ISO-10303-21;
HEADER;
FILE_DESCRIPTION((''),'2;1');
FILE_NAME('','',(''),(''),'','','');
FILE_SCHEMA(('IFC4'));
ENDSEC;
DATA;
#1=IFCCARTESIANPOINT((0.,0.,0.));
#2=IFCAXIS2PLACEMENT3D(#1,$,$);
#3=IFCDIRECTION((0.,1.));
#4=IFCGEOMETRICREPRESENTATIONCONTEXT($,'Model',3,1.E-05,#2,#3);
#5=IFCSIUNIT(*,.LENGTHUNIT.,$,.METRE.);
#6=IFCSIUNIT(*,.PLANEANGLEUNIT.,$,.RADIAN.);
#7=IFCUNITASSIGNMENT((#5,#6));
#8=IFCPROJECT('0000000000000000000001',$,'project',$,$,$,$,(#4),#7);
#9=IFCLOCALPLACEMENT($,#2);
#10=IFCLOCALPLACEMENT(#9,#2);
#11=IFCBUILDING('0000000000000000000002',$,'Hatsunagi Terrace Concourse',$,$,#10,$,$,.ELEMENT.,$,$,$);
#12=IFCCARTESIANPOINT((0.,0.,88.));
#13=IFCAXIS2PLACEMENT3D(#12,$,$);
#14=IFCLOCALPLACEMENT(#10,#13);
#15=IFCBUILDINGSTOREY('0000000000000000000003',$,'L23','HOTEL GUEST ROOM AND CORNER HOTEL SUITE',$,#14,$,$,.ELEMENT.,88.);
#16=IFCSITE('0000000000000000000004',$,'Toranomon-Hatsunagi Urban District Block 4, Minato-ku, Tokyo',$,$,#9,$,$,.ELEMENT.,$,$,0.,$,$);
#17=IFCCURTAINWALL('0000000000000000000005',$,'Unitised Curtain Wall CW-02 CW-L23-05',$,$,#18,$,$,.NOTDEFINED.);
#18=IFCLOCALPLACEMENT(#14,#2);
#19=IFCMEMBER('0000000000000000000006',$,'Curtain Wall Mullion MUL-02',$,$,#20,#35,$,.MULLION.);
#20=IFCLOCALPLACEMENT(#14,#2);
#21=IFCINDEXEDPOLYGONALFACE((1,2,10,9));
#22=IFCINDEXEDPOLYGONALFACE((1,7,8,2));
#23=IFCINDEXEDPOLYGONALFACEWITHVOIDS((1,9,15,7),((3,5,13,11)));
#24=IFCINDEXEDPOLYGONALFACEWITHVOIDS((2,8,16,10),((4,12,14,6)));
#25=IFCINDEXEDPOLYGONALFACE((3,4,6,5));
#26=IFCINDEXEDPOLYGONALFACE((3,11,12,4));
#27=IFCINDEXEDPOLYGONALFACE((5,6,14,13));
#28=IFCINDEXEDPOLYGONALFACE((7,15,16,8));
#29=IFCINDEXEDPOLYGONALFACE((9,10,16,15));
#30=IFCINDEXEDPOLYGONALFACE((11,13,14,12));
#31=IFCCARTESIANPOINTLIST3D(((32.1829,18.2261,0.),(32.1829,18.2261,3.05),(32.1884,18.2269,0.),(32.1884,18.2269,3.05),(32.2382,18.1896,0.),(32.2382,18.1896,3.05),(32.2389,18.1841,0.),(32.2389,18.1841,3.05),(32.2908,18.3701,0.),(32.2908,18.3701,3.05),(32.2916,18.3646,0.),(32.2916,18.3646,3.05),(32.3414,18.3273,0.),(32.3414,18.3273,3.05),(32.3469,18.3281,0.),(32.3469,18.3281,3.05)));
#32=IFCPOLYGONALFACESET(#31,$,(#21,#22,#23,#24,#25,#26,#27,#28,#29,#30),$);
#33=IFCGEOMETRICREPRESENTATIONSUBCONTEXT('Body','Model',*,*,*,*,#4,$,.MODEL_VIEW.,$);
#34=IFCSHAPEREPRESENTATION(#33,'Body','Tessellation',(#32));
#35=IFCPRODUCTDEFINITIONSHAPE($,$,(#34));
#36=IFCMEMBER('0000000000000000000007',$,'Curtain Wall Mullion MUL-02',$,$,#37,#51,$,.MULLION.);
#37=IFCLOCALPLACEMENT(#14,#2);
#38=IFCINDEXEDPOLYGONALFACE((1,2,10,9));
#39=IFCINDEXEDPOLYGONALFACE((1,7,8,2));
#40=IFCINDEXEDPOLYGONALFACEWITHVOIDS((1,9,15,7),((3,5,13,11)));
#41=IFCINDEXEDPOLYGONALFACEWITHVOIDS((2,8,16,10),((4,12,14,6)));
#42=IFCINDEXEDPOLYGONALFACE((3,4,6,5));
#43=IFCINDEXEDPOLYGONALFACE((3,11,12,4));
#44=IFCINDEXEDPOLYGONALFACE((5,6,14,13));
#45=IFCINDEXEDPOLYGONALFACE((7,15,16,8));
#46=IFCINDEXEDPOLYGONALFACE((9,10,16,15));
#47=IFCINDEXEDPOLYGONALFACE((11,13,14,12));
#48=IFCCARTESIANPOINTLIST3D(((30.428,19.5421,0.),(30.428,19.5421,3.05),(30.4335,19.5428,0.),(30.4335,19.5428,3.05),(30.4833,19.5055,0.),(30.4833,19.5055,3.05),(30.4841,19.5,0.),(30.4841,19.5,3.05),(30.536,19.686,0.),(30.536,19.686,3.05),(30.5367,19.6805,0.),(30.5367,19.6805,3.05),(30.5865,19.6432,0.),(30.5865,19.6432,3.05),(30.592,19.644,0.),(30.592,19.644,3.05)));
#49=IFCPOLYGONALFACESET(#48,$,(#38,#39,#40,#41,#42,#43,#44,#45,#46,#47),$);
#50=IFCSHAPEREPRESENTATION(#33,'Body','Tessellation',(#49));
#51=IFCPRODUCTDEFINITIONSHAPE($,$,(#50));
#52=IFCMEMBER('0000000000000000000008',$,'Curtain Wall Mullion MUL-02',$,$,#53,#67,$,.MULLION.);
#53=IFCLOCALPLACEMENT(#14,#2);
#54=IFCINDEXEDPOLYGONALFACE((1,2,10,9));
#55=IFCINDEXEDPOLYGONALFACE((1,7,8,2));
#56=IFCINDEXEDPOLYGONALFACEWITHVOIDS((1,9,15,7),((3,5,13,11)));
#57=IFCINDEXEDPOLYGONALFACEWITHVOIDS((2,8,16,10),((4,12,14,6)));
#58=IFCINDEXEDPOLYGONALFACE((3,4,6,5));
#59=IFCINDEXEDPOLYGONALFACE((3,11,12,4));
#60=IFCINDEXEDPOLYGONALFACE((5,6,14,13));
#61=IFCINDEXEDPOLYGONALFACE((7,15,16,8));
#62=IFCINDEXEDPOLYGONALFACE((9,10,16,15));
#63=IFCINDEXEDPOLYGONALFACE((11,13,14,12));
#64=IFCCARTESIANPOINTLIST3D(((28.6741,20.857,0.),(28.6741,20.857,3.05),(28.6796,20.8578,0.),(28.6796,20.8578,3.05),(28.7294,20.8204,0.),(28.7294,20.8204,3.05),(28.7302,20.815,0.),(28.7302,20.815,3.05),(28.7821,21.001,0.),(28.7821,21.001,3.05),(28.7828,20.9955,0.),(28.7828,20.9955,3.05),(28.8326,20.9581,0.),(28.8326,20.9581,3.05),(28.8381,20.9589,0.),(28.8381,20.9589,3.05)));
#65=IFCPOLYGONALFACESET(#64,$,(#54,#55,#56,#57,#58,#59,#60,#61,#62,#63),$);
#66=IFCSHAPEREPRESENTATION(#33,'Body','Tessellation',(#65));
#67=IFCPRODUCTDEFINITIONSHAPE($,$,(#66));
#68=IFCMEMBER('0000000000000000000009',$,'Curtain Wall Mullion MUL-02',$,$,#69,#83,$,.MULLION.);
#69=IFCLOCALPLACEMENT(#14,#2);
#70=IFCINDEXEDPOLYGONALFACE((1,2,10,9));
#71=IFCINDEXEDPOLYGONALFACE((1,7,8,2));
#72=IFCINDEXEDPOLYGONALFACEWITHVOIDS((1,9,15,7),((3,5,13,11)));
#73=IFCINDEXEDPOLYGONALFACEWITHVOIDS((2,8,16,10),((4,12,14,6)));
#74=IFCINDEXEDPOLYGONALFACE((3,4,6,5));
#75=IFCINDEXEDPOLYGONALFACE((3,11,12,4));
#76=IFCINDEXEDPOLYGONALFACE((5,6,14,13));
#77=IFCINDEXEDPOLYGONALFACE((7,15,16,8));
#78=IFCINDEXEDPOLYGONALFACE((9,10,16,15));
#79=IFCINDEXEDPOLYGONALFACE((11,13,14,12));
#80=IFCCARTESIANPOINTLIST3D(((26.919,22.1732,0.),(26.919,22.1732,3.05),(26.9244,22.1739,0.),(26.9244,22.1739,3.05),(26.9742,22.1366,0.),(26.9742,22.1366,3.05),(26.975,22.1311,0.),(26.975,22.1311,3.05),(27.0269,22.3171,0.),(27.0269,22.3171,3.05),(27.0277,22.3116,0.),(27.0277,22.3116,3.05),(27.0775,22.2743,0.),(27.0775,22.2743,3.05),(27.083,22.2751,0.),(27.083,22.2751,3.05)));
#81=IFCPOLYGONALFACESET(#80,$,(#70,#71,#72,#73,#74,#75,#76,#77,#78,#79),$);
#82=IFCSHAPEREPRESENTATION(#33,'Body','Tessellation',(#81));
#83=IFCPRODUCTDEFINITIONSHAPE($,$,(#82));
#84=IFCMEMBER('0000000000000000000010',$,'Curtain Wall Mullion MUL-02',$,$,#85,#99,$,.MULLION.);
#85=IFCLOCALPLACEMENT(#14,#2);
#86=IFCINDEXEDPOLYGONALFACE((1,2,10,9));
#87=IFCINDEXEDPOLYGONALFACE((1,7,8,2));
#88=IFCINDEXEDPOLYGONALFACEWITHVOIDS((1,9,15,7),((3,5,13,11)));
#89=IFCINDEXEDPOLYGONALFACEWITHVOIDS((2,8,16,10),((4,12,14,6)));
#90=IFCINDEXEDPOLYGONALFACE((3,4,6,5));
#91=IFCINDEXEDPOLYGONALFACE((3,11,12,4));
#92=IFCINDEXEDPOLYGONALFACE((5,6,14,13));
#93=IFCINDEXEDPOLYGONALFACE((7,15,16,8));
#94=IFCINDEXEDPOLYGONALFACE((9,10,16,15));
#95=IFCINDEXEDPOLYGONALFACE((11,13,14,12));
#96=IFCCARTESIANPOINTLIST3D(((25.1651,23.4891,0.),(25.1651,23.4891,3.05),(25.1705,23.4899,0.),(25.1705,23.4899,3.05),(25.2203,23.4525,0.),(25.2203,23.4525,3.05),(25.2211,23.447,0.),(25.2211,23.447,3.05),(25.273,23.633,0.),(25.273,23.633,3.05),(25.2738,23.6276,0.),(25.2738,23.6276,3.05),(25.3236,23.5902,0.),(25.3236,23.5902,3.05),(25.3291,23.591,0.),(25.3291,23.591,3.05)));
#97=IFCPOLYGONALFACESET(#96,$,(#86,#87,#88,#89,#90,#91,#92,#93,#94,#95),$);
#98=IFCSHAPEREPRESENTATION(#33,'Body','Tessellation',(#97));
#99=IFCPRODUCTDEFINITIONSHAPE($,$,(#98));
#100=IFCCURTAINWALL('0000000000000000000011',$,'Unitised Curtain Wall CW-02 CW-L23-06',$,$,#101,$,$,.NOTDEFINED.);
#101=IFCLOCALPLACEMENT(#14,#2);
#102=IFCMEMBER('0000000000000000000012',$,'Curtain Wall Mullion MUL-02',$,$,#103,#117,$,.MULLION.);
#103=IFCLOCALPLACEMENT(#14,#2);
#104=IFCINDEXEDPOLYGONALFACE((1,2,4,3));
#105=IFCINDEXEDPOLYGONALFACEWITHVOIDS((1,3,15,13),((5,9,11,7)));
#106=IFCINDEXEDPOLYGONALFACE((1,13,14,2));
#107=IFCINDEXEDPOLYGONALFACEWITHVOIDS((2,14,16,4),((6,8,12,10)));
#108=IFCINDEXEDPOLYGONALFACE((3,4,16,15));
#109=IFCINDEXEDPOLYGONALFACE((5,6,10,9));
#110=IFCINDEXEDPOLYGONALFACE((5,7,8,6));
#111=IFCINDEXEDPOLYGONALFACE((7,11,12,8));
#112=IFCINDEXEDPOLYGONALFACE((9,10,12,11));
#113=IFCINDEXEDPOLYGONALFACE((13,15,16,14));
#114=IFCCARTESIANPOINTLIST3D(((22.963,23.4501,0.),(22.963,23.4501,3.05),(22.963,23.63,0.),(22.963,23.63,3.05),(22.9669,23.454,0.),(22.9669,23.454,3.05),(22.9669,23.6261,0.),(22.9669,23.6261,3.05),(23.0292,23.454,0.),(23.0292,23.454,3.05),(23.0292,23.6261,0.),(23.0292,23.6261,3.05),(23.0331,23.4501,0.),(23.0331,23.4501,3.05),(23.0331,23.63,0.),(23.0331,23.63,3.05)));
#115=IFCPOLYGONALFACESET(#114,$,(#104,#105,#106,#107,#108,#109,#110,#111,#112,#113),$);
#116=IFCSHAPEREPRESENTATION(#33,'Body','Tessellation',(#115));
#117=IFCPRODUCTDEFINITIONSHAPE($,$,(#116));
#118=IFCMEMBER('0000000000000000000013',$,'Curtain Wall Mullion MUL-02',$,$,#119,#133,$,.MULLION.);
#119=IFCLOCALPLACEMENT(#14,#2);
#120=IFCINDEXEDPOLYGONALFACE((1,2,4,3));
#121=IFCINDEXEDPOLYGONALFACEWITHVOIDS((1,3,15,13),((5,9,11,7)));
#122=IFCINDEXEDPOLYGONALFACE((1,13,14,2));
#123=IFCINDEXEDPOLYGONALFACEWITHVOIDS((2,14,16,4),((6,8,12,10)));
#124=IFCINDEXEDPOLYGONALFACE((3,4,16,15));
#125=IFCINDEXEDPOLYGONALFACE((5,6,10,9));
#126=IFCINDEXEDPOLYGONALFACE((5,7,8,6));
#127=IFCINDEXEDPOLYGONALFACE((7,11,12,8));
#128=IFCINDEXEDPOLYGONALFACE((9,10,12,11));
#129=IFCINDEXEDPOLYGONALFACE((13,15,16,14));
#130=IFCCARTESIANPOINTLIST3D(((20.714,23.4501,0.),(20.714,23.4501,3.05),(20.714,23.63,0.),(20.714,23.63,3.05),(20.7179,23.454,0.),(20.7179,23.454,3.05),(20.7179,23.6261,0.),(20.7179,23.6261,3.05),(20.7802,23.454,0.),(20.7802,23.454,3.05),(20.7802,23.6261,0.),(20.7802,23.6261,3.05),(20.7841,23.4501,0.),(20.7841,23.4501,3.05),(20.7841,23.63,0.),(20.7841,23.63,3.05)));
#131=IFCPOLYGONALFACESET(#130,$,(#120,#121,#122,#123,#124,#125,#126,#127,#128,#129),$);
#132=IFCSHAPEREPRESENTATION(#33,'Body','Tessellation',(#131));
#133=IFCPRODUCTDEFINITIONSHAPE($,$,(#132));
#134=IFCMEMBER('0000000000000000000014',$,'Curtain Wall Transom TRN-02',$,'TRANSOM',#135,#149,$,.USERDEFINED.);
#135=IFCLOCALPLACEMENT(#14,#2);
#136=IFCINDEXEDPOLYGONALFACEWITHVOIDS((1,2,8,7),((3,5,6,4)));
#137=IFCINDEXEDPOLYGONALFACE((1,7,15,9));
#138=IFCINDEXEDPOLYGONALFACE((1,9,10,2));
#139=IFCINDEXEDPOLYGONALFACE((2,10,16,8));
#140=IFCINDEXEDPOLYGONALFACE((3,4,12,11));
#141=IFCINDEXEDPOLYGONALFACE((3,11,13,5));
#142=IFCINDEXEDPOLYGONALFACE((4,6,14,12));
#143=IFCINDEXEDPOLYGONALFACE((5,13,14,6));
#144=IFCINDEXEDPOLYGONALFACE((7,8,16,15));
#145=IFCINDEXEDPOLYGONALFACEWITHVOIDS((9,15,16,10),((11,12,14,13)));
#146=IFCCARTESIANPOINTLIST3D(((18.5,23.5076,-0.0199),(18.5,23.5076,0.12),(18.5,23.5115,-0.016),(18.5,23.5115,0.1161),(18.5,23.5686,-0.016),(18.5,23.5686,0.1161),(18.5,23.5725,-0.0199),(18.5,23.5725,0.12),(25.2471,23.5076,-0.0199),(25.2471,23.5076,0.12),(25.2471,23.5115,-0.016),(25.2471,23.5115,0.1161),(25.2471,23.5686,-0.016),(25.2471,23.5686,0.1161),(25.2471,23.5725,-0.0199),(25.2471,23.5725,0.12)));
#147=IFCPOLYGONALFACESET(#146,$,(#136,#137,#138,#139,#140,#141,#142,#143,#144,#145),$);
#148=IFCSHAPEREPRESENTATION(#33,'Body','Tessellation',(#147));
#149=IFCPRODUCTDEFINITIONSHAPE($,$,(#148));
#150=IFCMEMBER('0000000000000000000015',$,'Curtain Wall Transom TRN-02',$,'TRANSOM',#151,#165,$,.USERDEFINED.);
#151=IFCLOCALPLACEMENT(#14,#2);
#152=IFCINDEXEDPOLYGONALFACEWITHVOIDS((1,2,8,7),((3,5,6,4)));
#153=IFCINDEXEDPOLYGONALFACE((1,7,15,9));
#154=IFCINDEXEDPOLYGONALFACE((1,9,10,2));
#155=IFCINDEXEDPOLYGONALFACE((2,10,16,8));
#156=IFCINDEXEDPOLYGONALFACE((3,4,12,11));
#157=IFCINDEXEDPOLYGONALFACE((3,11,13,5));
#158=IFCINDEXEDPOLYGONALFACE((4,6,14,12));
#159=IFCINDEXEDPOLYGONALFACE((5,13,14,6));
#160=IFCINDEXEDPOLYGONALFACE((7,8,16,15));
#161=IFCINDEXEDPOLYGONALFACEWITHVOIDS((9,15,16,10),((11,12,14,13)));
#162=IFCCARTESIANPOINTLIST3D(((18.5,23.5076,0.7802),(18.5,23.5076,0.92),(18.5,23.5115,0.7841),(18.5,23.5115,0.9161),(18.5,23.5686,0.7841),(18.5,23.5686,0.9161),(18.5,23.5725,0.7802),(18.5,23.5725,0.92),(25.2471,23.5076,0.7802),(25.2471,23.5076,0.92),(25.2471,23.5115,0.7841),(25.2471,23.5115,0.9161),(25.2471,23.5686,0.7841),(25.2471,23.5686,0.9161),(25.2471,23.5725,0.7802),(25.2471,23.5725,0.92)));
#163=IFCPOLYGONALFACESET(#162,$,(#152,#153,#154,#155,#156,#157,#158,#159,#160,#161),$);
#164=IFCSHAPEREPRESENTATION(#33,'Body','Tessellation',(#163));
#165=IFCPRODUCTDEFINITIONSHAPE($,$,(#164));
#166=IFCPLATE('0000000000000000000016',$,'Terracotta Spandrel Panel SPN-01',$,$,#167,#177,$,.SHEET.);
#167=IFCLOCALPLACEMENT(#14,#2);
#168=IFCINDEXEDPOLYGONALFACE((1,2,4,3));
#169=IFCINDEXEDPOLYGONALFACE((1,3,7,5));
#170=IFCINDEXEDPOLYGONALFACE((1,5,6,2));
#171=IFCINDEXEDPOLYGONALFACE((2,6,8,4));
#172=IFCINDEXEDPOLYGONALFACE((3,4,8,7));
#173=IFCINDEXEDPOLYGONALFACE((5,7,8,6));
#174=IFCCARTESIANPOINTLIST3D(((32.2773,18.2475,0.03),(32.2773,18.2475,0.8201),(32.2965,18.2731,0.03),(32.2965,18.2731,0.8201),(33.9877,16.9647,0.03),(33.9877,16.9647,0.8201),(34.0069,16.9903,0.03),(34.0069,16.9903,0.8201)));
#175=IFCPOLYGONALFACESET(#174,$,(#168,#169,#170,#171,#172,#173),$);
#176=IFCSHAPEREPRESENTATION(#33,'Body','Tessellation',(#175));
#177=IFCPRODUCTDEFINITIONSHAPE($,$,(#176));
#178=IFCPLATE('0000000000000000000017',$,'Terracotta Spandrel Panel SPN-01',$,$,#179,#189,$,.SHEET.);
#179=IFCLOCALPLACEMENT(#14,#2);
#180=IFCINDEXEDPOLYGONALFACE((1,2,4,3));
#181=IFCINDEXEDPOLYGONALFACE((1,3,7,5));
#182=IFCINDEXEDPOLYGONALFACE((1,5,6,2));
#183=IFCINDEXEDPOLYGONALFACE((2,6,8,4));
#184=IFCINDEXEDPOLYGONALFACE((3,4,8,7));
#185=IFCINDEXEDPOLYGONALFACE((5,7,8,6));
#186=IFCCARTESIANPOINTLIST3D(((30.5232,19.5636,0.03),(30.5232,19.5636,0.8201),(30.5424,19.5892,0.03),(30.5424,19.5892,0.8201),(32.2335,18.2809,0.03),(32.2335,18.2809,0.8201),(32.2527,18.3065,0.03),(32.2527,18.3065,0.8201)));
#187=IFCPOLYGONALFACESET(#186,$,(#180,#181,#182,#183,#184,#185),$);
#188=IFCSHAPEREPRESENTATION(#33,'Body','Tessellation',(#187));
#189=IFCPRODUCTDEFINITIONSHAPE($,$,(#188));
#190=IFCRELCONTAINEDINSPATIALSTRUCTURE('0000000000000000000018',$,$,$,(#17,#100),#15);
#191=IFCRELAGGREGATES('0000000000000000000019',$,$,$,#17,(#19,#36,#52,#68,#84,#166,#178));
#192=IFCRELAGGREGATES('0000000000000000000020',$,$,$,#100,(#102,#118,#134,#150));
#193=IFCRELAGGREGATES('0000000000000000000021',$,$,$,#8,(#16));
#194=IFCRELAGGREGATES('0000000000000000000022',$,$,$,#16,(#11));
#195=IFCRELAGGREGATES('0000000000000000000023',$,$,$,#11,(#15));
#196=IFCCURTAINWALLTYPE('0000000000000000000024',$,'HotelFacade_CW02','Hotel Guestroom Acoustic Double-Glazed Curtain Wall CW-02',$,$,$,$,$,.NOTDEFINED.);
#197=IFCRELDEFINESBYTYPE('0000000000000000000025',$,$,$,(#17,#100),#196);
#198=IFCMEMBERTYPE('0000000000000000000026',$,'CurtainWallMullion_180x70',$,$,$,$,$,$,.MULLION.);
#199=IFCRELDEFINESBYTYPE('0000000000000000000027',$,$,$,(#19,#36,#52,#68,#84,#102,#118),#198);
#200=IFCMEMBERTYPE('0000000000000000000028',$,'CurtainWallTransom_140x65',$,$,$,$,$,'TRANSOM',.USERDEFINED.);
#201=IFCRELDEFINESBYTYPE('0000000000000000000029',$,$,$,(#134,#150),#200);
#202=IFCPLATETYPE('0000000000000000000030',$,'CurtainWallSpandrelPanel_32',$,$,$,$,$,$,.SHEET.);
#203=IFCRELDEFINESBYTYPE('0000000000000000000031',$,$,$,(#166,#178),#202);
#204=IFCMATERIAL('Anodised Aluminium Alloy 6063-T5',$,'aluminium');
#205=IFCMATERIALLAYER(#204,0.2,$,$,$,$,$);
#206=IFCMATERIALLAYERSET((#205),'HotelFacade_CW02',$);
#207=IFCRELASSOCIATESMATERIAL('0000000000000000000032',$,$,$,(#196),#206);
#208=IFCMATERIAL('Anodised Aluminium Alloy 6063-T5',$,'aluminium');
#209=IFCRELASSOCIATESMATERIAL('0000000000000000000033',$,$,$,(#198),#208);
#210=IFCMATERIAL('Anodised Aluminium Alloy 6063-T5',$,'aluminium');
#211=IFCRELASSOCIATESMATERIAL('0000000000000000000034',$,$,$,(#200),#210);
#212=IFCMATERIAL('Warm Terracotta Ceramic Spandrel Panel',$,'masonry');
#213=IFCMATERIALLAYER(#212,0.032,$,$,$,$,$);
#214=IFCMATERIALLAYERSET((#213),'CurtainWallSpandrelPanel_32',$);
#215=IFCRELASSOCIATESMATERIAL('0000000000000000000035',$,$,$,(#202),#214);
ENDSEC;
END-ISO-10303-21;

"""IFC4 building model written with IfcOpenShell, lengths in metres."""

from ifc_helpers import new_model, si_unit, direction, frame, origin, origin_2d, place, context, subcontext, project, spatial, rectangle, hollow_rectangle, extrude, material, layer, layer_set, material_profile, profile_set, type_object, element, aggregate, save


model = new_model("IFC4")

# Units and contexts
model_context = context("Model", 3, precision=1e-05, world=origin(), true_north=direction((0.0, 1.0)))
body_context = subcontext(model_context, "Body", "Model", "MODEL_VIEW")
ifc_project = project(units=[si_unit("LENGTHUNIT", "METRE"), si_unit("PLANEANGLEUNIT", "RADIAN")], contexts=[model_context])

# Site, building, storey
site_placement = place(None, origin())
site = spatial("IfcSite", under=ifc_project, at=site_placement, Name="Toranomon-Hatsunagi Urban District Block 4, Minato-ku, Tokyo", CompositionType="ELEMENT", RefElevation=0.0)
building_placement = place(site_placement, origin())
building = spatial("IfcBuilding", under=site, at=building_placement, Name="Hatsunagi Terrace Concourse", CompositionType="ELEMENT")
storey_placement = place(building_placement, frame((0.0, 0.0, 88.0)))
storey = spatial("IfcBuildingStorey", under=building, at=storey_placement, Name="L23", Description="HOTEL GUEST ROOM AND CORNER HOTEL SUITE", CompositionType="ELEMENT", Elevation=88.0)

# Curtain walls, members
ifc_material_1 = material(Name="Anodised Aluminium Alloy 6063-T5", Category="aluminium")
ifc_layer_1 = layer(ifc_material_1, 0.2)
ifc_layer_set_1 = layer_set([ifc_layer_1], Name="HotelFacade_CW02")
curtain_wall_type = type_object("IfcCurtainWallType", Name="HotelFacade_CW02", Description="Hotel Guestroom Acoustic Double-Glazed Curtain Wall CW-02", PredefinedType="NOTDEFINED", material=ifc_layer_set_1)
curtain_wall_1_placement = place(storey_placement, origin())
curtain_wall_1 = element("IfcCurtainWall", 1, at=curtain_wall_1_placement, inside=storey, type_object=curtain_wall_type, Name="Unitised Curtain Wall CW-02 CW-L23-05", PredefinedType="NOTDEFINED")
ifc_material_2 = material(Name="Anodised Aluminium Alloy 6063-T5", Category="aluminium")
ifc_material_profile_1 = material_profile(ifc_material_2, hollow_rectangle(XDim=0.0701, YDim=0.1799, WallThickness=0.0039, at=origin_2d()), Name="ALU-MUL-180x70x4")
ifc_profile_set_1 = profile_set([ifc_material_profile_1], Name="Anodised Aluminium Alloy 6063-T5")
member_type_1 = type_object("IfcMemberType", Name="CurtainWallMullion_180x70", PredefinedType="MULLION", material=ifc_profile_set_1)
member_1_placement = place(storey_placement, frame((32.2649, 18.2771, 0.0), z_axis=(0.0, 0.0, 1.0), x_axis=(-0.800003, 0.599996, 0.0)))
member_1 = element("IfcMember", 2, at=member_1_placement, type_object=member_type_1, Name="Curtain Wall Mullion MUL-02", PredefinedType="MULLION", context=body_context, shape_type="SweptSolid", body=[
    extrude(hollow_rectangle(XDim=0.0701, YDim=0.1799, WallThickness=0.0039, at=origin_2d()), origin(), (0.0, 0.0, 1.0), 3.05),
])
member_2_placement = place(storey_placement, frame((30.51, 19.593, 0.0), z_axis=(0.0, 0.0, 1.0), x_axis=(-0.800003, 0.599996, 0.0)))
member_2 = element("IfcMember", 3, at=member_2_placement, type_object=member_type_1, Name="Curtain Wall Mullion MUL-02", PredefinedType="MULLION", context=body_context, shape_type="SweptSolid", body=[
    extrude(hollow_rectangle(XDim=0.0701, YDim=0.1799, WallThickness=0.0039, at=origin_2d()), origin(), (0.0, 0.0, 1.0), 3.05),
])
member_3_placement = place(storey_placement, frame((28.7561, 20.908, 0.0), z_axis=(0.0, 0.0, 1.0), x_axis=(-0.800003, 0.599996, 0.0)))
member_3 = element("IfcMember", 4, at=member_3_placement, type_object=member_type_1, Name="Curtain Wall Mullion MUL-02", PredefinedType="MULLION", context=body_context, shape_type="SweptSolid", body=[
    extrude(hollow_rectangle(XDim=0.0701, YDim=0.1799, WallThickness=0.0039, at=origin_2d()), origin(), (0.0, 0.0, 1.0), 3.05),
])
member_4_placement = place(storey_placement, frame((27.001, 22.2241, 0.0), z_axis=(0.0, 0.0, 1.0), x_axis=(-0.800003, 0.599996, 0.0)))
member_4 = element("IfcMember", 5, at=member_4_placement, type_object=member_type_1, Name="Curtain Wall Mullion MUL-02", PredefinedType="MULLION", context=body_context, shape_type="SweptSolid", body=[
    extrude(hollow_rectangle(XDim=0.0701, YDim=0.1799, WallThickness=0.0039, at=origin_2d()), origin(), (0.0, 0.0, 1.0), 3.05),
])
member_5_placement = place(storey_placement, frame((25.2471, 23.54, 0.0), z_axis=(0.0, 0.0, 1.0), x_axis=(-0.800003, 0.599996, 0.0)))
member_5 = element("IfcMember", 6, at=member_5_placement, type_object=member_type_1, Name="Curtain Wall Mullion MUL-02", PredefinedType="MULLION", context=body_context, shape_type="SweptSolid", body=[
    extrude(hollow_rectangle(XDim=0.0701, YDim=0.1799, WallThickness=0.0039, at=origin_2d()), origin(), (0.0, 0.0, 1.0), 3.05),
])
curtain_wall_2_placement = place(storey_placement, origin())
curtain_wall_2 = element("IfcCurtainWall", 7, at=curtain_wall_2_placement, inside=storey, type_object=curtain_wall_type, Name="Unitised Curtain Wall CW-02 CW-L23-06", PredefinedType="NOTDEFINED")
member_6_placement = place(storey_placement, frame((22.998, 23.54, 0.0), z_axis=(0.0, 0.0, 1.0), x_axis=(-1.0, 0.0, 0.0)))
member_6 = element("IfcMember", 8, at=member_6_placement, type_object=member_type_1, Name="Curtain Wall Mullion MUL-02", PredefinedType="MULLION", context=body_context, shape_type="SweptSolid", body=[
    extrude(hollow_rectangle(XDim=0.0701, YDim=0.1799, WallThickness=0.0039, at=origin_2d()), origin(), (0.0, 0.0, 1.0), 3.05),
])
member_7_placement = place(storey_placement, frame((20.749, 23.54, 0.0), z_axis=(0.0, 0.0, 1.0), x_axis=(-1.0, 0.0, 0.0)))
member_7 = element("IfcMember", 9, at=member_7_placement, type_object=member_type_1, Name="Curtain Wall Mullion MUL-02", PredefinedType="MULLION", context=body_context, shape_type="SweptSolid", body=[
    extrude(hollow_rectangle(XDim=0.0701, YDim=0.1799, WallThickness=0.0039, at=origin_2d()), origin(), (0.0, 0.0, 1.0), 3.05),
])
ifc_material_3 = material(Name="Anodised Aluminium Alloy 6063-T5", Category="aluminium")
ifc_material_profile_2 = material_profile(ifc_material_3, hollow_rectangle(XDim=0.0649, YDim=0.1399, WallThickness=0.0039, at=origin_2d()), Name="ALU-TRN-140x65x4")
ifc_profile_set_2 = profile_set([ifc_material_profile_2], Name="Anodised Aluminium Alloy 6063-T5")
member_type_2 = type_object("IfcMemberType", Name="CurtainWallTransom_140x65", ElementType="TRANSOM", PredefinedType="USERDEFINED", material=ifc_profile_set_2)
member_8_placement = place(storey_placement, frame((25.2471, 23.54, 0.05), z_axis=(-1.0, 0.0, 0.0), x_axis=(0.0, -1.0, 0.0)))
member_8 = element("IfcMember", 10, at=member_8_placement, type_object=member_type_2, Name="Curtain Wall Transom TRN-02", ObjectType="TRANSOM", PredefinedType="USERDEFINED", context=body_context, shape_type="SweptSolid", body=[
    extrude(hollow_rectangle(XDim=0.0649, YDim=0.1399, WallThickness=0.0039, at=origin_2d()), origin(), (0.0, 0.0, 1.0), 6.7471),
])
member_9_placement = place(storey_placement, frame((25.2471, 23.54, 0.8501), z_axis=(-1.0, 0.0, 0.0), x_axis=(0.0, -1.0, 0.0)))
member_9 = element("IfcMember", 11, at=member_9_placement, type_object=member_type_2, Name="Curtain Wall Transom TRN-02", ObjectType="TRANSOM", PredefinedType="USERDEFINED", context=body_context, shape_type="SweptSolid", body=[
    extrude(hollow_rectangle(XDim=0.0649, YDim=0.1399, WallThickness=0.0039, at=origin_2d()), origin(), (0.0, 0.0, 1.0), 6.7471),
])

# Plates
ifc_material_4 = material(Name="Warm Terracotta Ceramic Spandrel Panel", Category="masonry")
ifc_layer_2 = layer(ifc_material_4, 0.032)
ifc_layer_set_2 = layer_set([ifc_layer_2], Name="CurtainWallSpandrelPanel_32")
plate_type_1 = type_object("IfcPlateType", Name="CurtainWallSpandrelPanel_32", PredefinedType="SHEET", material=ifc_layer_set_2)
plate_1_placement = place(storey_placement, frame((33.1421, 17.6189, 0.03), z_axis=(0.0, 0.0, 1.0), x_axis=(-0.800003, 0.599996, 0.0)))
plate_1 = element("IfcPlate", 12, at=plate_1_placement, type_object=plate_type_1, Name="Terracotta Spandrel Panel SPN-01", PredefinedType="SHEET", context=body_context, shape_type="SweptSolid", body=[
    extrude(rectangle(XDim=2.1379, YDim=0.032, at=origin_2d()), origin(), (0.0, 0.0, 1.0), 0.79),
])
plate_2_placement = place(storey_placement, frame((31.3879, 18.9351, 0.03), z_axis=(0.0, 0.0, 1.0), x_axis=(-0.800003, 0.599996, 0.0)))
plate_2 = element("IfcPlate", 13, at=plate_2_placement, type_object=plate_type_1, Name="Terracotta Spandrel Panel SPN-01", PredefinedType="SHEET", context=body_context, shape_type="SweptSolid", body=[
    extrude(rectangle(XDim=2.1379, YDim=0.032, at=origin_2d()), origin(), (0.0, 0.0, 1.0), 0.79),
])
aggregate(curtain_wall_1, [member_1, member_2, member_3, member_4, member_5, plate_1, plate_2])
aggregate(curtain_wall_2, [member_6, member_7, member_8, member_9])

save(model, "model.ifc")
